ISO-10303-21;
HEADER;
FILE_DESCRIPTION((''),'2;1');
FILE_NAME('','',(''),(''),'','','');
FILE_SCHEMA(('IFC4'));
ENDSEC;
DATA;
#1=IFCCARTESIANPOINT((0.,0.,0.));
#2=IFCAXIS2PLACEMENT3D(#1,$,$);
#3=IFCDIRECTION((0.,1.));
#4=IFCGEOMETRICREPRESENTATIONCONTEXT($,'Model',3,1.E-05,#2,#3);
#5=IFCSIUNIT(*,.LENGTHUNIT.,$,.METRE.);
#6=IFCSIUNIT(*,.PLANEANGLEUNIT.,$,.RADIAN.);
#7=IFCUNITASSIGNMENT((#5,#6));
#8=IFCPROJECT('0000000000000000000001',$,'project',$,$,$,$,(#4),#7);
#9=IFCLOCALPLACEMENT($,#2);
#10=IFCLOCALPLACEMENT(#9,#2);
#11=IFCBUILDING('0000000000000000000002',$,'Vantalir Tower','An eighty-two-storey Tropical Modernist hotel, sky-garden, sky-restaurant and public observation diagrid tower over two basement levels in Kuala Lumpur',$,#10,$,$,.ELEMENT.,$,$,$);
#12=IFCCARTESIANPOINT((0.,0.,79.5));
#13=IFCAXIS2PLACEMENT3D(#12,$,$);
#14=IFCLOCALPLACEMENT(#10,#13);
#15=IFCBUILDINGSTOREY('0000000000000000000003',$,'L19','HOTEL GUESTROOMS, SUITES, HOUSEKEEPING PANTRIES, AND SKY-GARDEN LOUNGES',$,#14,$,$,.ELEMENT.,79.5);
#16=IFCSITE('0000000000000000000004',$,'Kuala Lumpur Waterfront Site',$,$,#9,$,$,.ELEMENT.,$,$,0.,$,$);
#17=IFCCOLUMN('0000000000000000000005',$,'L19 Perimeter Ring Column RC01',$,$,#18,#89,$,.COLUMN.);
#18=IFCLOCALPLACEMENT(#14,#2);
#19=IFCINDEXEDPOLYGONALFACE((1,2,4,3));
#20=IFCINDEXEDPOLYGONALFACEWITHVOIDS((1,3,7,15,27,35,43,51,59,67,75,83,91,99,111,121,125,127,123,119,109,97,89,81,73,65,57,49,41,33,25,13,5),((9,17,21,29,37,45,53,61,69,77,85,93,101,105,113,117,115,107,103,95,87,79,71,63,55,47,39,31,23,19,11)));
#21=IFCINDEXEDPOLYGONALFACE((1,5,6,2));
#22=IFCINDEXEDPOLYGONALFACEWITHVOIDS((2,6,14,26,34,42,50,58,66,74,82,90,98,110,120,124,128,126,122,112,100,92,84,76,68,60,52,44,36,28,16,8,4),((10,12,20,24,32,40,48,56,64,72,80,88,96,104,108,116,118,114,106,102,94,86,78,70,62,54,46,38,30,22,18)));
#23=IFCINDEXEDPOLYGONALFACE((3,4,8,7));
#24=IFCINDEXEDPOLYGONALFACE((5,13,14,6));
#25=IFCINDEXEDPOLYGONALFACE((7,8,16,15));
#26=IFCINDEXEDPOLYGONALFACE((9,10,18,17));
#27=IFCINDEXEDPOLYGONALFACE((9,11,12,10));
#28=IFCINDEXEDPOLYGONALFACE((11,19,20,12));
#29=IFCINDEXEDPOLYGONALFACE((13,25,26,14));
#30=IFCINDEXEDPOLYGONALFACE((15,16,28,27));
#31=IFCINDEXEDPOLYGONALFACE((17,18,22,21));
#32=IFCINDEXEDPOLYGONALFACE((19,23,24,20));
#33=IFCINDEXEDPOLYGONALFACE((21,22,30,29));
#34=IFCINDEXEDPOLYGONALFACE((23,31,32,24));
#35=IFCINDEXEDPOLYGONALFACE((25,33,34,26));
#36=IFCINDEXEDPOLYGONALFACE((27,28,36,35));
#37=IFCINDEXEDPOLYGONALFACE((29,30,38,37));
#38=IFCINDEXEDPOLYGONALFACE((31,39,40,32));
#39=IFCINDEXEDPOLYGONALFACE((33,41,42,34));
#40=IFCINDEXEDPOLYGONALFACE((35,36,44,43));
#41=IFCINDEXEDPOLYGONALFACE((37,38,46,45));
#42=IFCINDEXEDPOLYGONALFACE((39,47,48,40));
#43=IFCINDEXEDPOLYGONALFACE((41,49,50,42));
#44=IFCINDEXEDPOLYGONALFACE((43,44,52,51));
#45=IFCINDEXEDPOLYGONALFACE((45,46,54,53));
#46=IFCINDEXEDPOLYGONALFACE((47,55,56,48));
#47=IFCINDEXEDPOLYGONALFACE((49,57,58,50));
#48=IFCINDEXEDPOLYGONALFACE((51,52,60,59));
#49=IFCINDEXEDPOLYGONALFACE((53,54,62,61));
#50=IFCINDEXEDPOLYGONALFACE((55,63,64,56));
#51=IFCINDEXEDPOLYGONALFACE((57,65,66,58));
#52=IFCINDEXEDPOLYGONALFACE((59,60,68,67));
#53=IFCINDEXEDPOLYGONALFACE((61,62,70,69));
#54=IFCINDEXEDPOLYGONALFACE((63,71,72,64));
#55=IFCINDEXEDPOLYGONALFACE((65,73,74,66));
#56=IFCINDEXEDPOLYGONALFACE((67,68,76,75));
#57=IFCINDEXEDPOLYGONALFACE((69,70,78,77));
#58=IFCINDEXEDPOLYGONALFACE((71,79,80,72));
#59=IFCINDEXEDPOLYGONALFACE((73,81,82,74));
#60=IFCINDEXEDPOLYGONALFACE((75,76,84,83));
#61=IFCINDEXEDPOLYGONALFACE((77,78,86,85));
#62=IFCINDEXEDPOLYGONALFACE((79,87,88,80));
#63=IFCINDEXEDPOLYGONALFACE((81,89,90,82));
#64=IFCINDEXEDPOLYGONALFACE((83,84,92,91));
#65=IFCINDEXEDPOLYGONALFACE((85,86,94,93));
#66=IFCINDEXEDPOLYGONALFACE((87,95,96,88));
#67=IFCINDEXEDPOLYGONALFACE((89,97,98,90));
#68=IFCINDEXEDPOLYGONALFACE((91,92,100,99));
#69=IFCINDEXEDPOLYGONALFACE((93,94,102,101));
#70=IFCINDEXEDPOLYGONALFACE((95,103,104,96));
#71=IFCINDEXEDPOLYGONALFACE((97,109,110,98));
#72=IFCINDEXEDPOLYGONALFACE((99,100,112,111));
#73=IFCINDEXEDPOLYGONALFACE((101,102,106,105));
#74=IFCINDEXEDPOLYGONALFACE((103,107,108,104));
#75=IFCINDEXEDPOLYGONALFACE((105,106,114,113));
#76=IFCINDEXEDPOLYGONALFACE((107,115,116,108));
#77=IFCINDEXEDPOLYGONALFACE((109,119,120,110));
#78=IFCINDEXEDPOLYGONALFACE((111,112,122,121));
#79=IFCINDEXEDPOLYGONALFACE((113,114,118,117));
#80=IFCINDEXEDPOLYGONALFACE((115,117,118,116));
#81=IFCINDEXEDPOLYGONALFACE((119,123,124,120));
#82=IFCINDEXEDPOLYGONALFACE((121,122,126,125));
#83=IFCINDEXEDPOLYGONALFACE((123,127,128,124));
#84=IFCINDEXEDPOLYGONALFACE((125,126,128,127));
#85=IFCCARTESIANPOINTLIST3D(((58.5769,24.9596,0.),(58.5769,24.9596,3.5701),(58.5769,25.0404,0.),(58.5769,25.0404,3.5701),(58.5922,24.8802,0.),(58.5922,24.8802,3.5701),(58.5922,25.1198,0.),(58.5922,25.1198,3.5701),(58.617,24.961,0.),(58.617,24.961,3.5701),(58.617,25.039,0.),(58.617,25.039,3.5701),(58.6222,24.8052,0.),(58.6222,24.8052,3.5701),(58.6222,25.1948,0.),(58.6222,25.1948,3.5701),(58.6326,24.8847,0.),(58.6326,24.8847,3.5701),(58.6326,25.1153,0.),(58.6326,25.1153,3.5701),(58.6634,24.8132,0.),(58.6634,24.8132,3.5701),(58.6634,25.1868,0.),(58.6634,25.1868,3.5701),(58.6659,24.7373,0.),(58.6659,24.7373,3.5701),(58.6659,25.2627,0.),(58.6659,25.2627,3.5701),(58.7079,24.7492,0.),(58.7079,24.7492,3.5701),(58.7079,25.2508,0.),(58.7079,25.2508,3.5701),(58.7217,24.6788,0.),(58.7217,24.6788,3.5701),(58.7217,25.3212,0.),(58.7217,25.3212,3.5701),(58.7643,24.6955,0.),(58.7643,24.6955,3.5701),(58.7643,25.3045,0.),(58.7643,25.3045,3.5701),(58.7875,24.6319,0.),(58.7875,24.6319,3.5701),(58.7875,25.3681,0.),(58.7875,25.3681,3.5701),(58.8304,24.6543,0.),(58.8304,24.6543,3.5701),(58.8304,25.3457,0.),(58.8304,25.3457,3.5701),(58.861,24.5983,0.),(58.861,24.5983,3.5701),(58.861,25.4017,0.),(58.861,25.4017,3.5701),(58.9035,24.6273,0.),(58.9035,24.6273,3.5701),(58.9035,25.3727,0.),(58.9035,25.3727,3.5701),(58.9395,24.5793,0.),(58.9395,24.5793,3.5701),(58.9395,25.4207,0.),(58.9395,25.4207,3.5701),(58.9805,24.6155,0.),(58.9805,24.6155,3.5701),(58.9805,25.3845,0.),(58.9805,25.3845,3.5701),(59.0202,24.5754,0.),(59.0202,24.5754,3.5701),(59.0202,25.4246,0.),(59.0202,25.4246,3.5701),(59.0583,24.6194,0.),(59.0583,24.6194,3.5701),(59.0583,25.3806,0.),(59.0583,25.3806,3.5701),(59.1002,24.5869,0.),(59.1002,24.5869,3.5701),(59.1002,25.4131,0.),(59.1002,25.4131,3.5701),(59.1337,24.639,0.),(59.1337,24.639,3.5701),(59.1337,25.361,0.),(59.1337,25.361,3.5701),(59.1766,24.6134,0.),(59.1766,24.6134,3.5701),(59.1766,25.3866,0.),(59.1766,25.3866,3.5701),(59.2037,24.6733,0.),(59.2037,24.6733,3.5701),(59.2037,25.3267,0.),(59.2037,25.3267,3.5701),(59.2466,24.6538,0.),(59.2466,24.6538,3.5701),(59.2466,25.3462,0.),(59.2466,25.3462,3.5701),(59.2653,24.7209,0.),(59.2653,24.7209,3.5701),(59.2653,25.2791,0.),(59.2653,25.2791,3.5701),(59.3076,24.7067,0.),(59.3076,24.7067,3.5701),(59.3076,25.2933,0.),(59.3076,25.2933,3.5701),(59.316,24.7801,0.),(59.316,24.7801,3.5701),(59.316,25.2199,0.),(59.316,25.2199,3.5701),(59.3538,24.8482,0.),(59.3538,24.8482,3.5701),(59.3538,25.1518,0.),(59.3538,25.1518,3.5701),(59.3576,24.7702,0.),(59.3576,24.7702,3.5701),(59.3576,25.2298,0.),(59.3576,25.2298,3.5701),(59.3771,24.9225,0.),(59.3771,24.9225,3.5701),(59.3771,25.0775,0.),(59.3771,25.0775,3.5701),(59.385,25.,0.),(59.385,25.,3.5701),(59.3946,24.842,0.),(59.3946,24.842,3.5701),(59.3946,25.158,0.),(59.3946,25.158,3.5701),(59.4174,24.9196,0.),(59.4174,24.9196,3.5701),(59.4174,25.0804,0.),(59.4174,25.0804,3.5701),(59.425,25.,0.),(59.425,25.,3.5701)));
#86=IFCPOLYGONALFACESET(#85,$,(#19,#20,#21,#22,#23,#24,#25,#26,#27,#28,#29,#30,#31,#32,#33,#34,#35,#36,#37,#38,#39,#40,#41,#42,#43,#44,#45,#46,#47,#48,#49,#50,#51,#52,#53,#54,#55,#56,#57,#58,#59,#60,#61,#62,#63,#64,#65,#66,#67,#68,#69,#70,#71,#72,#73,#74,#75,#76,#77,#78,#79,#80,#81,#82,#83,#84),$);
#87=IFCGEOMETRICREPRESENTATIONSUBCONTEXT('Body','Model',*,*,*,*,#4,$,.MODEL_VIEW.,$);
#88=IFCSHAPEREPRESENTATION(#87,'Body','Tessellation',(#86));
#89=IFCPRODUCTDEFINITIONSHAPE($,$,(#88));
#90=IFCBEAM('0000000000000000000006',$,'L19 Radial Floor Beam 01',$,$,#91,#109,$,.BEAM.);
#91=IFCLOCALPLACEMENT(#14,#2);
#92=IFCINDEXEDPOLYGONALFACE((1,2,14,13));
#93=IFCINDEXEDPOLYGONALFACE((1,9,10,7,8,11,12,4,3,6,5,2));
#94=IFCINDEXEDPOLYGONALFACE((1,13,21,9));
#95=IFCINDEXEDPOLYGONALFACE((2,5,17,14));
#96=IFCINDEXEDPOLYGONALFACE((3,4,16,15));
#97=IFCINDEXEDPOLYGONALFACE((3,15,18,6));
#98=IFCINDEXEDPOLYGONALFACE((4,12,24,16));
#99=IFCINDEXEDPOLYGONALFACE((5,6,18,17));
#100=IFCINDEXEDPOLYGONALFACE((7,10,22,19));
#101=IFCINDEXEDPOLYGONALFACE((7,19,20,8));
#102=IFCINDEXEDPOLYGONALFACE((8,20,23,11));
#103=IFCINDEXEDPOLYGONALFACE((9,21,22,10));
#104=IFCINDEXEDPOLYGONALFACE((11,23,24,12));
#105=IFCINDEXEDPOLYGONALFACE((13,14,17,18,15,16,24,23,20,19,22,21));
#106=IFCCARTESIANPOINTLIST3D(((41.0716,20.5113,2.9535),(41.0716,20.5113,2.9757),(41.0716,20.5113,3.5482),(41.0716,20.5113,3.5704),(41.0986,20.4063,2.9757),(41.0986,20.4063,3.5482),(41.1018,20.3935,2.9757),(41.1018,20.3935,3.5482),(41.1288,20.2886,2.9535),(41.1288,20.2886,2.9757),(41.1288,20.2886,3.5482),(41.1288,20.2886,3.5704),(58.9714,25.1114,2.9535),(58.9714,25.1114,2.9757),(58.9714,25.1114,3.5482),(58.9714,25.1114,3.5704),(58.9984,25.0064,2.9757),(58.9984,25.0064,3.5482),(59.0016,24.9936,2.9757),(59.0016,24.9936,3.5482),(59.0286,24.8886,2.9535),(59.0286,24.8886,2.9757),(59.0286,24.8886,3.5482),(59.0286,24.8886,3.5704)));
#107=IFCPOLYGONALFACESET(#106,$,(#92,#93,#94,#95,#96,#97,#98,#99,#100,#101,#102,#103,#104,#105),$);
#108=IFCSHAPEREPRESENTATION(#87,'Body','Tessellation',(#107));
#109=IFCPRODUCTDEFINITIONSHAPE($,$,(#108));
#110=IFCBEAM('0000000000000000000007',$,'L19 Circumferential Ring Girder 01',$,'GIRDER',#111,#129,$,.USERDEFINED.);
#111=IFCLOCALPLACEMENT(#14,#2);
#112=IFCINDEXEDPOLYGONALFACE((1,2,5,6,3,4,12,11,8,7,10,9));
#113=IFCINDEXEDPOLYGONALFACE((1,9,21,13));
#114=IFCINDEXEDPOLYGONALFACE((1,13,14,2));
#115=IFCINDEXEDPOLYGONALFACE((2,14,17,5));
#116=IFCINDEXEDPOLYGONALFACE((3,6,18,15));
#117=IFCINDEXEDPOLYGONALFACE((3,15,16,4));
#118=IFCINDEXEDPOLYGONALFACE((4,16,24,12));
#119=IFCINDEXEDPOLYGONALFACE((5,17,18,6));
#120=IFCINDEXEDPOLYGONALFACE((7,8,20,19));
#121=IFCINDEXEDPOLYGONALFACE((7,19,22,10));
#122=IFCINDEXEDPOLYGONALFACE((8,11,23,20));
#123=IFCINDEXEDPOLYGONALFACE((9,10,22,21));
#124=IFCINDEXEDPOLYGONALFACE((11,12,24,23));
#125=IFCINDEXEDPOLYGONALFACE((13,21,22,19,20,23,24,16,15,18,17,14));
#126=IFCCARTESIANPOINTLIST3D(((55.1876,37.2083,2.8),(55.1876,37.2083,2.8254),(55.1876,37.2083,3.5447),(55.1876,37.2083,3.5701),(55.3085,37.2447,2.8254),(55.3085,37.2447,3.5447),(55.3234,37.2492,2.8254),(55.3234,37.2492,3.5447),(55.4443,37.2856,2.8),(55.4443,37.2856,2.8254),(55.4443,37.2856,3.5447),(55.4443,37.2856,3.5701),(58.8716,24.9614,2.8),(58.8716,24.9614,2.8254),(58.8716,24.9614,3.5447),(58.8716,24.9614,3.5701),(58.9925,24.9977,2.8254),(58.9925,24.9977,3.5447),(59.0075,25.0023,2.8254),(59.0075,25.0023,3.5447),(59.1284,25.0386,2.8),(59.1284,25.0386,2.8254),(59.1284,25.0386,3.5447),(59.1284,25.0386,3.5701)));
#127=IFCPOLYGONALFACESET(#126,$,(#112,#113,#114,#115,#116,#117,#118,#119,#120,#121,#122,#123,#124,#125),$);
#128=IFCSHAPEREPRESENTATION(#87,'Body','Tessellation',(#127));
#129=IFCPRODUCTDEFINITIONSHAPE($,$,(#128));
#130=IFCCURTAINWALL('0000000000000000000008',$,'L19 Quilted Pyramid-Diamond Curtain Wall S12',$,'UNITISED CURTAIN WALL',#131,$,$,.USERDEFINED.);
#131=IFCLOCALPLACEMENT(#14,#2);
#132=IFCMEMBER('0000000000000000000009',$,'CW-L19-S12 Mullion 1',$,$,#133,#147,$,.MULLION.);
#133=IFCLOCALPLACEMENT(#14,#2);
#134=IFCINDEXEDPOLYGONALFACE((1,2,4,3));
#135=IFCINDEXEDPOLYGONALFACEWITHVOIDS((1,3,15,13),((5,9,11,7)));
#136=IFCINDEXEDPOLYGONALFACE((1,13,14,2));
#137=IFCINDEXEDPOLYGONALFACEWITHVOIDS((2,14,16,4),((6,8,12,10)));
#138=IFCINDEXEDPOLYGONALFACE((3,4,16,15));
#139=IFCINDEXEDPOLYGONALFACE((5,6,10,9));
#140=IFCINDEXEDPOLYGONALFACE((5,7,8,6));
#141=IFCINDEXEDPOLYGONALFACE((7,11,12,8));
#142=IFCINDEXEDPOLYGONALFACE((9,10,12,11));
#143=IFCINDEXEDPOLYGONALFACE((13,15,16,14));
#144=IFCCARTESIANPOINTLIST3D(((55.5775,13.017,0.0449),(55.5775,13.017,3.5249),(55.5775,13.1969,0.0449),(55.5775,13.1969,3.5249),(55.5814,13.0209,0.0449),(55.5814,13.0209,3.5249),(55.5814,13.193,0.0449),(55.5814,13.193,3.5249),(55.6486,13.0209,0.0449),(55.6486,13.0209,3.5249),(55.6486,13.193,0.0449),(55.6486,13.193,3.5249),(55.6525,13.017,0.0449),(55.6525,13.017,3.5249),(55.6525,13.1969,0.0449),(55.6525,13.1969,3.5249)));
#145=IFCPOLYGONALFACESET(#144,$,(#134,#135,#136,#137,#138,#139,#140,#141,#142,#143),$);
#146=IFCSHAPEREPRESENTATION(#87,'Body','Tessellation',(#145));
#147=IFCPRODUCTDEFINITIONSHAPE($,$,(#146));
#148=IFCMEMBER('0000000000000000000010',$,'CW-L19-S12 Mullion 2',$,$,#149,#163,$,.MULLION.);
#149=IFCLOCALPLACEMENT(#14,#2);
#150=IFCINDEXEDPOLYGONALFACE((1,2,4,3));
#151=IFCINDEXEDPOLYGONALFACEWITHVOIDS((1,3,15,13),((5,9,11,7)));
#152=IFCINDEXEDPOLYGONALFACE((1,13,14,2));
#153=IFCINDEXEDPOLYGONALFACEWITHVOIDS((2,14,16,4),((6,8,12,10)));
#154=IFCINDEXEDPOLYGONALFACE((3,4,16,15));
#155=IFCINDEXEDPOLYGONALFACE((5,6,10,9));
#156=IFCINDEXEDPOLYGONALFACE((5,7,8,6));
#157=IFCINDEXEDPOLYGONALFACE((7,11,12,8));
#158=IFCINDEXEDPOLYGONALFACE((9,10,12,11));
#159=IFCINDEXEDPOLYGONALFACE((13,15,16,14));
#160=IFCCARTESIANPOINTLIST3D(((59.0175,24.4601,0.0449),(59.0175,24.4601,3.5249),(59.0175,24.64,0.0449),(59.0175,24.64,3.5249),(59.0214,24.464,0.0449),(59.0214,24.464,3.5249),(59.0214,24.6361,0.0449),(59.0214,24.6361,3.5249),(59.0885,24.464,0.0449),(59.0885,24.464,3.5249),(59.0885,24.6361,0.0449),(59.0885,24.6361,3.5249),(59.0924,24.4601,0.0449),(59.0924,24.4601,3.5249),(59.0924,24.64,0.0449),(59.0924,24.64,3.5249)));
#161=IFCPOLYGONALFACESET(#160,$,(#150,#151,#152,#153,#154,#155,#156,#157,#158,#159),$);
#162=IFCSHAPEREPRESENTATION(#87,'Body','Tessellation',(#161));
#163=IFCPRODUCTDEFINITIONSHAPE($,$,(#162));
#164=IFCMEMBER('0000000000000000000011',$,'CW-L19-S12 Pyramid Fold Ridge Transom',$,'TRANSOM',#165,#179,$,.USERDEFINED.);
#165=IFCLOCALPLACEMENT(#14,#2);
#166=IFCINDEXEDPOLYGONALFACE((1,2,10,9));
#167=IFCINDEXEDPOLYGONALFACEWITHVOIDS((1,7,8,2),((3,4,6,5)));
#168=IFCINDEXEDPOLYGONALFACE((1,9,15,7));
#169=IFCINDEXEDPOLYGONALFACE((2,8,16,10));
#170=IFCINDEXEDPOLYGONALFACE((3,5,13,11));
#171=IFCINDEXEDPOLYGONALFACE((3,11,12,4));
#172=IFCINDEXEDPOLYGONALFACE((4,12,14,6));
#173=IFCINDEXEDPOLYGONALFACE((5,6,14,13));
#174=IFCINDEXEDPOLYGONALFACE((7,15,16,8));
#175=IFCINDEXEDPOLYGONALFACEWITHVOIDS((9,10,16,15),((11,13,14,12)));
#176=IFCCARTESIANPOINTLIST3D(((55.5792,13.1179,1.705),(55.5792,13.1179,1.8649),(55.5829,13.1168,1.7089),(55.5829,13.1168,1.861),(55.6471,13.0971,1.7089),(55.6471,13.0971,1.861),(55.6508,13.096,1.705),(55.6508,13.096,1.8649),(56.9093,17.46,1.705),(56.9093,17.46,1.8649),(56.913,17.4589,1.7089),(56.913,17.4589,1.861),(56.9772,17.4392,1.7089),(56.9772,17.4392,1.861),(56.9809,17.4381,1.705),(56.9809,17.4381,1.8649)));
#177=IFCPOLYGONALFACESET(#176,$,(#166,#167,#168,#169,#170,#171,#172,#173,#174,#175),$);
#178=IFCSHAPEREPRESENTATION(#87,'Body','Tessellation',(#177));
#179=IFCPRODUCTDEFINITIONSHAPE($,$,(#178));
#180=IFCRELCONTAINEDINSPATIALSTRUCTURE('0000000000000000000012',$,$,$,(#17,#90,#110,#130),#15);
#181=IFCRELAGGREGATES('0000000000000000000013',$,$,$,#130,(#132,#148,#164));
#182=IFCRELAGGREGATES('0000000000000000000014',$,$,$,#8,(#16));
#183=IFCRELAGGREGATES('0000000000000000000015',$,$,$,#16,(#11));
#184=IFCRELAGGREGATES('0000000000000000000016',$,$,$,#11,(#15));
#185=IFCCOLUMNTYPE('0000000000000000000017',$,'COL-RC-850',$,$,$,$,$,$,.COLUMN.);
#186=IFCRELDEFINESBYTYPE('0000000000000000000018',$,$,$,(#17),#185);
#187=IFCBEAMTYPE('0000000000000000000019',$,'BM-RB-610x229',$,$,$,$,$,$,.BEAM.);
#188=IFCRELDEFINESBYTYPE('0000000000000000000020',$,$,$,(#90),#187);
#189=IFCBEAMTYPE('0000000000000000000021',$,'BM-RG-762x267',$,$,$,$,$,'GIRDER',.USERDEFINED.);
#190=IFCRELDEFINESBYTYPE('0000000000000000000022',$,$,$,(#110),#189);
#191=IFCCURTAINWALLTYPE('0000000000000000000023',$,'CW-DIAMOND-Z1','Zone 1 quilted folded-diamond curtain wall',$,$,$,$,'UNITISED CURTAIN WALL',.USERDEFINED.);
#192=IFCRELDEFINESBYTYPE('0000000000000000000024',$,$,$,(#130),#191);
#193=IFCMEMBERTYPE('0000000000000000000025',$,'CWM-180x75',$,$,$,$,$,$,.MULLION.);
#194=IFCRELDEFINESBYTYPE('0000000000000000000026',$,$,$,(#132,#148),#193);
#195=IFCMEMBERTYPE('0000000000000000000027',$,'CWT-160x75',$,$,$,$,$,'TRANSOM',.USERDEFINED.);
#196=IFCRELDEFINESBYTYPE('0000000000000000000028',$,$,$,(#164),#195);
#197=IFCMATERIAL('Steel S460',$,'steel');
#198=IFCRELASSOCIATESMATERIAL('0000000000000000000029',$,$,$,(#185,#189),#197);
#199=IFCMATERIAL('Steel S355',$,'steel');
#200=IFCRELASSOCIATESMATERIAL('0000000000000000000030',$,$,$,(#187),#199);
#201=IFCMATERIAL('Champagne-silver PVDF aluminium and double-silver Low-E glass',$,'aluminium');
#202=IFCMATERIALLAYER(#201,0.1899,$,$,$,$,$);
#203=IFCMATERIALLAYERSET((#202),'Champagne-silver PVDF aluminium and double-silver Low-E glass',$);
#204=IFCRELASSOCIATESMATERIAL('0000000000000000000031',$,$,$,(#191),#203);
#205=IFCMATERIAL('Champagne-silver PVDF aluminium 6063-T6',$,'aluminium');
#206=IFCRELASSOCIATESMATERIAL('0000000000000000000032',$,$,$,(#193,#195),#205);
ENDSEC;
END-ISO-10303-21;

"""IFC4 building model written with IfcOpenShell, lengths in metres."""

from ifc_helpers import new_model, si_unit, direction, frame, origin, origin_2d, place, context, subcontext, project, spatial, hollow_rectangle, hollow_circle, i_section, extrude, material, layer, layer_set, material_profile, profile_set, type_object, element, aggregate, save


model = new_model("IFC4")

# Units and contexts
model_context = context("Model", 3, precision=1e-05, world=origin(), true_north=direction((0.0, 1.0)))
body_context = subcontext(model_context, "Body", "Model", "MODEL_VIEW")
ifc_project = project(units=[si_unit("LENGTHUNIT", "METRE"), si_unit("PLANEANGLEUNIT", "RADIAN")], contexts=[model_context])

# Site, building, storey
site_placement = place(None, origin())
site = spatial("IfcSite", under=ifc_project, at=site_placement, Name="Kuala Lumpur Waterfront Site", CompositionType="ELEMENT", RefElevation=0.0)
building_placement = place(site_placement, origin())
building = spatial("IfcBuilding", under=site, at=building_placement, Name="Vantalir Tower", Description="An eighty-two-storey Tropical Modernist hotel, sky-garden, sky-restaurant and public observation diagrid tower over two basement levels in Kuala Lumpur", CompositionType="ELEMENT")
storey_placement = place(building_placement, frame((0.0, 0.0, 79.5)))
storey = spatial("IfcBuildingStorey", under=building, at=storey_placement, Name="L19", Description="HOTEL GUESTROOMS, SUITES, HOUSEKEEPING PANTRIES, AND SKY-GARDEN LOUNGES", CompositionType="ELEMENT", Elevation=79.5)

# Column
ifc_material_1 = material(Name="Steel S460", Category="steel")
ifc_material_profile_1 = material_profile(ifc_material_1, hollow_circle(Radius=0.425, WallThickness=0.04, at=origin_2d()), Name="Steel S460")
ifc_profile_set_1 = profile_set([ifc_material_profile_1], Name="Steel S460")
column_type = type_object("IfcColumnType", Name="COL-RC-850", PredefinedType="COLUMN", material=ifc_profile_set_1)
column_placement = place(storey_placement, frame((59.0, 25.0, 0.0), z_axis=(0.0, 0.0, 1.0), x_axis=(1.0, 0.0, 0.0)))
element("IfcColumn", 1, at=column_placement, inside=storey, type_object=column_type, Name="L19 Perimeter Ring Column RC01", PredefinedType="COLUMN", context=body_context, shape_type="SweptSolid", body=[
    extrude(hollow_circle(Radius=0.425, WallThickness=0.04, at=origin_2d()), origin(), (0.0, 0.0, 1.0), 3.5701),
])

# Beams
ifc_material_2 = material(Name="Steel S355", Category="steel")
ifc_material_profile_2 = material_profile(ifc_material_2, i_section(OverallWidth=0.23, OverallDepth=0.6169, WebThickness=0.0132, FlangeThickness=0.0222, at=origin_2d()), Name="Steel S355")
ifc_profile_set_2 = profile_set([ifc_material_profile_2], Name="Steel S355")
beam_type_1 = type_object("IfcBeamType", Name="BM-RB-610x229", PredefinedType="BEAM", material=ifc_profile_set_2)
beam_1_placement = place(storey_placement, frame((59.0, 25.0, 3.262), z_axis=(-0.968529, -0.248902, 0.0), x_axis=(0.248902, -0.968529, 0.0)))
element("IfcBeam", 2, at=beam_1_placement, inside=storey, type_object=beam_type_1, Name="L19 Radial Floor Beam 01", PredefinedType="BEAM", context=body_context, shape_type="SweptSolid", body=[
    extrude(i_section(OverallWidth=0.23, OverallDepth=0.6169, WebThickness=0.0132, FlangeThickness=0.0222, at=origin_2d()), origin(), (0.0, 0.0, 1.0), 18.4814),
])
ifc_material_profile_3 = material_profile(ifc_material_1, i_section(OverallWidth=0.2681, OverallDepth=0.77, WebThickness=0.0156, FlangeThickness=0.0254, at=origin_2d()), Name="Steel S460")
ifc_profile_set_3 = profile_set([ifc_material_profile_3], Name="Steel S460")
beam_type_2 = type_object("IfcBeamType", Name="BM-RG-762x267", ElementType="GIRDER", PredefinedType="USERDEFINED", material=ifc_profile_set_3)
beam_2_placement = place(storey_placement, frame((59.0, 25.0, 3.1851), z_axis=(-0.288062, 0.957612, 0.0), x_axis=(-0.957612, -0.288062, 0.0)))
element("IfcBeam", 3, at=beam_2_placement, inside=storey, type_object=beam_type_2, Name="L19 Circumferential Ring Girder 01", ObjectType="GIRDER", PredefinedType="USERDEFINED", context=body_context, shape_type="SweptSolid", body=[
    extrude(i_section(OverallWidth=0.2681, OverallDepth=0.77, WebThickness=0.0156, FlangeThickness=0.0254, at=origin_2d()), origin(), (0.0, 0.0, 1.0), 12.7891),
])

# Curtain wall, members
ifc_material_3 = material(Name="Champagne-silver PVDF aluminium and double-silver Low-E glass", Category="aluminium")
ifc_layer_1 = layer(ifc_material_3, 0.1899)
ifc_layer_set_1 = layer_set([ifc_layer_1], Name="Champagne-silver PVDF aluminium and double-silver Low-E glass")
curtain_wall_type = type_object("IfcCurtainWallType", Name="CW-DIAMOND-Z1", Description="Zone 1 quilted folded-diamond curtain wall", ElementType="UNITISED CURTAIN WALL", PredefinedType="USERDEFINED", material=ifc_layer_set_1)
curtain_wall_placement = place(storey_placement, origin())
curtain_wall = element("IfcCurtainWall", 4, at=curtain_wall_placement, inside=storey, type_object=curtain_wall_type, Name="L19 Quilted Pyramid-Diamond Curtain Wall S12", ObjectType="UNITISED CURTAIN WALL", PredefinedType="USERDEFINED")
ifc_material_4 = material(Name="Champagne-silver PVDF aluminium 6063-T6", Category="aluminium")
ifc_material_profile_4 = material_profile(ifc_material_4, hollow_rectangle(XDim=0.075, YDim=0.1799, WallThickness=0.0039, at=origin_2d()), Name="Champagne-silver PVDF aluminium 6063-T6")
ifc_profile_set_4 = profile_set([ifc_material_profile_4], Name="Champagne-silver PVDF aluminium 6063-T6")
member_type_1 = type_object("IfcMemberType", Name="CWM-180x75", PredefinedType="MULLION", material=ifc_profile_set_4)
member_1_placement = place(storey_placement, frame((55.615, 13.1069, 0.0449), z_axis=(0.0, 0.0, 1.0), x_axis=(1.0, 0.0, 0.0)))
member_1 = element("IfcMember", 5, at=member_1_placement, type_object=member_type_1, Name="CW-L19-S12 Mullion 1", PredefinedType="MULLION", context=body_context, shape_type="SweptSolid", body=[
    extrude(hollow_rectangle(XDim=0.075, YDim=0.1799, WallThickness=0.0039, at=origin_2d()), origin(), (0.0, 0.0, 1.0), 3.48),
])
member_2_placement = place(storey_placement, frame((59.0549, 24.55, 0.0449), z_axis=(0.0, 0.0, 1.0), x_axis=(1.0, 0.0, 0.0)))
member_2 = element("IfcMember", 6, at=member_2_placement, type_object=member_type_1, Name="CW-L19-S12 Mullion 2", PredefinedType="MULLION", context=body_context, shape_type="SweptSolid", body=[
    extrude(hollow_rectangle(XDim=0.075, YDim=0.1799, WallThickness=0.0039, at=origin_2d()), origin(), (0.0, 0.0, 1.0), 3.48),
])
ifc_material_profile_5 = material_profile(ifc_material_4, hollow_rectangle(XDim=0.075, YDim=0.1599, WallThickness=0.0039, at=origin_2d()), Name="Champagne-silver PVDF aluminium 6063-T6")
ifc_profile_set_5 = profile_set([ifc_material_profile_5], Name="Champagne-silver PVDF aluminium 6063-T6")
member_type_2 = type_object("IfcMemberType", Name="CWT-160x75", ElementType="TRANSOM", PredefinedType="USERDEFINED", material=ifc_profile_set_5)
member_3_placement = place(storey_placement, frame((55.615, 13.1069, 1.7849), z_axis=(0.292892, 0.956146, 0.0), x_axis=(-0.956146, 0.292892, 0.0)))
member_3 = element("IfcMember", 7, at=member_3_placement, type_object=member_type_2, Name="CW-L19-S12 Pyramid Fold Ridge Transom", ObjectType="TRANSOM", PredefinedType="USERDEFINED", context=body_context, shape_type="SweptSolid", body=[
    extrude(hollow_rectangle(XDim=0.075, YDim=0.1599, WallThickness=0.0039, at=origin_2d()), origin(), (0.0, 0.0, 1.0), 4.5413),
])
aggregate(curtain_wall, [member_1, member_2, member_3])

save(model, "model.ifc")
